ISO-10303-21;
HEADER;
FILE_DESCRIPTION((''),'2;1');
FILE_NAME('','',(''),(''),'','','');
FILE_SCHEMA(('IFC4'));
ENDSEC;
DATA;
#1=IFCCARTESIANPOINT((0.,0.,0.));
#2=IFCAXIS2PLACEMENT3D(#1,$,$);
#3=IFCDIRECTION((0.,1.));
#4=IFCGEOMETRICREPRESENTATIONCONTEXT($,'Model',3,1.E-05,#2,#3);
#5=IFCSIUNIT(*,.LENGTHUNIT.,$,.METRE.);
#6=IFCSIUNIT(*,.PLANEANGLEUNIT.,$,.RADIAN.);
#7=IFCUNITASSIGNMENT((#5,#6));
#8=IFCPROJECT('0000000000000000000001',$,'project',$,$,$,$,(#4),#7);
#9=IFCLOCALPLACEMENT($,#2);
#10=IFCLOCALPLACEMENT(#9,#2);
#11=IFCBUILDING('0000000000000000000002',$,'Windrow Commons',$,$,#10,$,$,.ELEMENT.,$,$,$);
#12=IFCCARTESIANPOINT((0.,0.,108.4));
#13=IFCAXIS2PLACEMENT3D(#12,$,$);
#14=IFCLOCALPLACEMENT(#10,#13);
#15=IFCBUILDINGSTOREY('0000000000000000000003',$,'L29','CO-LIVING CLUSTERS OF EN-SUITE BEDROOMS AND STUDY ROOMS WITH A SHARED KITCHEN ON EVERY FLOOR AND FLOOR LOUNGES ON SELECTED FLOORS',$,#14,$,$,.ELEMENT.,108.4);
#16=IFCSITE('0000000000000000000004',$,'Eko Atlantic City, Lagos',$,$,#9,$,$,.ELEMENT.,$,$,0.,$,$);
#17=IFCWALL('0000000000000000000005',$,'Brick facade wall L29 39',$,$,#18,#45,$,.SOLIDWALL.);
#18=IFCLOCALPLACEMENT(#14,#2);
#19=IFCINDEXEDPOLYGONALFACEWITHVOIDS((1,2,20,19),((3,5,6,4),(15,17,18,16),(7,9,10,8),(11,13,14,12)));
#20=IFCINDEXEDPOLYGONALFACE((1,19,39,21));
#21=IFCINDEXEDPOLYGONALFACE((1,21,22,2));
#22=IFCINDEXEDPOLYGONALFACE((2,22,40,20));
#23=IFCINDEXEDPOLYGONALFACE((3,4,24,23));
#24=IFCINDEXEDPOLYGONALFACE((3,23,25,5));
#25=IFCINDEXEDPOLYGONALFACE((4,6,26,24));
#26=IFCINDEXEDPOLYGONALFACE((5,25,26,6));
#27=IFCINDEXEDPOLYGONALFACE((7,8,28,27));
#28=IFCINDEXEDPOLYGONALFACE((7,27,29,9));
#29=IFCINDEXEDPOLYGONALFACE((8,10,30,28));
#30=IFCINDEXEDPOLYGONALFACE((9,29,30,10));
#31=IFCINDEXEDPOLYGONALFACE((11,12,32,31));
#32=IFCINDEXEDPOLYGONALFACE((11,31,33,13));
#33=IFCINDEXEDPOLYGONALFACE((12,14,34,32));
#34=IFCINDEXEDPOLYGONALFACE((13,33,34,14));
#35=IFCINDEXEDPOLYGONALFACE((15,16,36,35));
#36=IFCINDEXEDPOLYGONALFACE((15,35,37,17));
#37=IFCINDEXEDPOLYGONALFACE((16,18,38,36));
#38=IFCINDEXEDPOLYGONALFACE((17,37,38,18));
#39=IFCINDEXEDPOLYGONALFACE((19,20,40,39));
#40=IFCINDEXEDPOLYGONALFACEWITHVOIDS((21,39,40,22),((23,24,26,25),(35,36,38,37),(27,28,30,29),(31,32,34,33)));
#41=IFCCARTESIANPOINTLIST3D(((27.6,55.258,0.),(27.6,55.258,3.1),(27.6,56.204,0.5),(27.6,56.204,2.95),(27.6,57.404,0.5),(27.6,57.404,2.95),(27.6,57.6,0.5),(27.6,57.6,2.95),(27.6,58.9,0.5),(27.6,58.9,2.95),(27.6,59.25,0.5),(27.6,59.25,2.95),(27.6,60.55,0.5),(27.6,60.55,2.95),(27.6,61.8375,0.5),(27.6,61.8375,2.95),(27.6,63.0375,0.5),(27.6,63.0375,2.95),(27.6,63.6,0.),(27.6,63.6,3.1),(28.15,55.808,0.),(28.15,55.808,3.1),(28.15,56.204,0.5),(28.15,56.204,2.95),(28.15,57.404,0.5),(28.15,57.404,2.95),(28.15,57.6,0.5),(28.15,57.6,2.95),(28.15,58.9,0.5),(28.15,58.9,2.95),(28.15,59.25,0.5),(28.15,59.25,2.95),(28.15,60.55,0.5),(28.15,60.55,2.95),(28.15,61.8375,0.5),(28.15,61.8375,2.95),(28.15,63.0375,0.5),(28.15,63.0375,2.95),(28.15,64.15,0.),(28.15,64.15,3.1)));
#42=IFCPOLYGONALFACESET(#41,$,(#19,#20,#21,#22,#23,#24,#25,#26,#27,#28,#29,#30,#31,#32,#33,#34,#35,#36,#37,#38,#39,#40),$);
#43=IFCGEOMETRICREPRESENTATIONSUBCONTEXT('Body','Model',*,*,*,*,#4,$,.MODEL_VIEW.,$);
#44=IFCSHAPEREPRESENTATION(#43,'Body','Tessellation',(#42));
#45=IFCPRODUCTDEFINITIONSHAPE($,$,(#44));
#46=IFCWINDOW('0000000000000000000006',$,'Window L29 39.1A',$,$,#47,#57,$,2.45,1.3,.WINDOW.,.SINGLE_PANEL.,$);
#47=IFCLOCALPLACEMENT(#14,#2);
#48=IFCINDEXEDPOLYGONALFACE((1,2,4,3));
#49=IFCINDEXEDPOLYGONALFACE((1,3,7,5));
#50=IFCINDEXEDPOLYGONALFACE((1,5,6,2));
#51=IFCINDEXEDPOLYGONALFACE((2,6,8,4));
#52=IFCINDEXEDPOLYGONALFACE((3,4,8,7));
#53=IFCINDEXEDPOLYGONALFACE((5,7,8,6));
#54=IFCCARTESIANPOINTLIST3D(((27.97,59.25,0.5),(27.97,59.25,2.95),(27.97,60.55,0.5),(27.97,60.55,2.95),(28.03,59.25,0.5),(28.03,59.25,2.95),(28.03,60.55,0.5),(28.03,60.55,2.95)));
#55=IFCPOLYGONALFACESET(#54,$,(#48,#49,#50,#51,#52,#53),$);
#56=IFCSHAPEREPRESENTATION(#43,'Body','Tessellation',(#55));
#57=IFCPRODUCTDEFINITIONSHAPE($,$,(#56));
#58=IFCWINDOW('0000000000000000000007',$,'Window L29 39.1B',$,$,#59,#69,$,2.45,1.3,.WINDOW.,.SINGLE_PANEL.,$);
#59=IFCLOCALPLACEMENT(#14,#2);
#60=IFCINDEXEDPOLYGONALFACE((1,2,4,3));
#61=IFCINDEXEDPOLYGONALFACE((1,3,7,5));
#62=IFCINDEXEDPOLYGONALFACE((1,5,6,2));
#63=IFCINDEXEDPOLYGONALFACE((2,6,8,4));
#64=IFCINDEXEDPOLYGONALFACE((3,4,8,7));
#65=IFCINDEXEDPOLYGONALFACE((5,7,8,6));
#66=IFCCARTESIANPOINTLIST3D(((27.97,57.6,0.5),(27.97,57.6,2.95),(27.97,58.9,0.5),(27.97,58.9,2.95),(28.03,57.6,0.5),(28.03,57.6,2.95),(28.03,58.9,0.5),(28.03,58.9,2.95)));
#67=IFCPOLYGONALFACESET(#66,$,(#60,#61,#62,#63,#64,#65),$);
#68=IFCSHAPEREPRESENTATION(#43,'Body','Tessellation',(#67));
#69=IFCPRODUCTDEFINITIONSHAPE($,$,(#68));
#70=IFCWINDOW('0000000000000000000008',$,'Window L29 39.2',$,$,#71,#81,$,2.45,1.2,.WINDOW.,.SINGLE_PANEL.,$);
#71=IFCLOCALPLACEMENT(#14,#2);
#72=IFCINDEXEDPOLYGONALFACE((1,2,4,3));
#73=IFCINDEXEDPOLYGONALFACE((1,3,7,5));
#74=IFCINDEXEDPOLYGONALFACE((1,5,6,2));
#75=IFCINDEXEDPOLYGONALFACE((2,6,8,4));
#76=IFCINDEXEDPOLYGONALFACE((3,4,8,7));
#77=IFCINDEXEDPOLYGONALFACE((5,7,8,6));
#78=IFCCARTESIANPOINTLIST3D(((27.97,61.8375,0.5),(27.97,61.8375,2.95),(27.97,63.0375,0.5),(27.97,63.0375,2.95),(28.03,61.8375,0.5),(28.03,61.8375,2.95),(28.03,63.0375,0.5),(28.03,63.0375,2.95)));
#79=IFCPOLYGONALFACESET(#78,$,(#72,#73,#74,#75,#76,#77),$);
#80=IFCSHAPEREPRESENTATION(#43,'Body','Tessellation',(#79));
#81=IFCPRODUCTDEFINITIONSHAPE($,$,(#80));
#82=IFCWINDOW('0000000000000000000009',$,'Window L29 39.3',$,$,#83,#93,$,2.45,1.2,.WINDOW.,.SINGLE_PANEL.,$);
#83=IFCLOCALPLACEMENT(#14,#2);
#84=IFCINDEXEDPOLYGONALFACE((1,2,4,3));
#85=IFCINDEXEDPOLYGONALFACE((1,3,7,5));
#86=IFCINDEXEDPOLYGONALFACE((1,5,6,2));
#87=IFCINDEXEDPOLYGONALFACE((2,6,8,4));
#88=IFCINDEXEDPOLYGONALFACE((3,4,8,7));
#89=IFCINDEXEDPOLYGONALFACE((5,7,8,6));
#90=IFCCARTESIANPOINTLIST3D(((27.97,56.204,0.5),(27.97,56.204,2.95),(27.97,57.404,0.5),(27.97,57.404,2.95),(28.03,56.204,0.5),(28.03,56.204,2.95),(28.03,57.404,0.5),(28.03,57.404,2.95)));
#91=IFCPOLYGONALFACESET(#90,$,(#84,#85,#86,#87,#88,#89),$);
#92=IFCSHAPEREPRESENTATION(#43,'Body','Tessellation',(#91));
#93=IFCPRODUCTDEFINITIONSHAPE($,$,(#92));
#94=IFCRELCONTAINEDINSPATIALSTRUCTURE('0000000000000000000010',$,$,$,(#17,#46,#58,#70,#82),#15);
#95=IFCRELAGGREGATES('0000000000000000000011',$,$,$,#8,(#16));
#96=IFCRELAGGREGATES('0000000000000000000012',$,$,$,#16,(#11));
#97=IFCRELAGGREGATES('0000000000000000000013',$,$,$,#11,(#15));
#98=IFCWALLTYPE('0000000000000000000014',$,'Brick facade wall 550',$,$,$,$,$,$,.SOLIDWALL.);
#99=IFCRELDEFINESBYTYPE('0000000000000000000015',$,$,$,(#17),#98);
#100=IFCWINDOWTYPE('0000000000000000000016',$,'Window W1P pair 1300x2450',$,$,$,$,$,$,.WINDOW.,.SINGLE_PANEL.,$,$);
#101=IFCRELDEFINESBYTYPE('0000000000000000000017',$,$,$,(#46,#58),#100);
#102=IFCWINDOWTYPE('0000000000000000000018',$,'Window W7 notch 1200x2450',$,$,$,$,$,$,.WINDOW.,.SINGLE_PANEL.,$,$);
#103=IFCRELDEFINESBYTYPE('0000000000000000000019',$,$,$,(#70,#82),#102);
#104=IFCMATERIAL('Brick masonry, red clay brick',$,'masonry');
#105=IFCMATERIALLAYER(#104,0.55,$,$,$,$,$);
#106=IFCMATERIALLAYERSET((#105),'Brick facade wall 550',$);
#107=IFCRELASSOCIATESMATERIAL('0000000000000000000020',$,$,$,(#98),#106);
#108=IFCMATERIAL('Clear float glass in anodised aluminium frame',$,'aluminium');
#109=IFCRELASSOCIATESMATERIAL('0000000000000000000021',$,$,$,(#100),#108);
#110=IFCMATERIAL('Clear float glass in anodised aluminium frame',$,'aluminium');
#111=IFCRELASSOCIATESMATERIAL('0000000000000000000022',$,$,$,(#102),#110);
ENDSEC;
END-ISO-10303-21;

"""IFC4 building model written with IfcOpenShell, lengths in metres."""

from ifc_helpers import new_model, si_unit, direction, frame, frame_2d, origin, place, context, subcontext, project, spatial, polyline, rectangle, outline, extrude, material, layer, layer_set, type_object, element, fill, save


model = new_model("IFC4")

# Units and contexts
model_context = context("Model", 3, precision=1e-05, world=origin(), true_north=direction((0.0, 1.0)))
body_context = subcontext(model_context, "Body", "Model", "MODEL_VIEW")
ifc_project = project(units=[si_unit("LENGTHUNIT", "METRE"), si_unit("PLANEANGLEUNIT", "RADIAN")], contexts=[model_context])

# Site, building, storey
site_placement = place(None, origin())
site = spatial("IfcSite", under=ifc_project, at=site_placement, Name="Eko Atlantic City, Lagos", CompositionType="ELEMENT", RefElevation=0.0)
building_placement = place(site_placement, origin())
building = spatial("IfcBuilding", under=site, at=building_placement, Name="Windrow Commons", CompositionType="ELEMENT")
storey_placement = place(building_placement, frame((0.0, 0.0, 108.4)))
storey = spatial("IfcBuildingStorey", under=building, at=storey_placement, Name="L29", Description="CO-LIVING CLUSTERS OF EN-SUITE BEDROOMS AND STUDY ROOMS WITH A SHARED KITCHEN ON EVERY FLOOR AND FLOOR LOUNGES ON SELECTED FLOORS", CompositionType="ELEMENT", Elevation=108.4)

# Wall, openings, windows
ifc_material_1 = material(Name="Brick masonry, red clay brick", Category="masonry")
ifc_layer_1 = layer(ifc_material_1, 0.55)
ifc_layer_set_1 = layer_set([ifc_layer_1], Name="Brick facade wall 550")
wall_type_1 = type_object("IfcWallType", Name="Brick facade wall 550", PredefinedType="SOLIDWALL", material=ifc_layer_set_1)
ifc_material_2 = material(Name="Clear float glass in anodised aluminium frame", Category="aluminium")
window_type_1 = type_object("IfcWindowType", Name="Window W1P pair 1300x2450", PartitioningType="SINGLE_PANEL", PredefinedType="WINDOW", material=ifc_material_2)
ifc_material_3 = material(Name="Clear float glass in anodised aluminium frame", Category="aluminium")
window_type_2 = type_object("IfcWindowType", Name="Window W7 notch 1200x2450", PartitioningType="SINGLE_PANEL", PredefinedType="WINDOW", material=ifc_material_3)
wall_1_placement = place(storey_placement, frame((27.875, 63.875, 0.0), z_axis=(0.0, 0.0, 1.0), x_axis=(0.0, -1.0, 0.0)))
wall_1 = element("IfcWall", 1, at=wall_1_placement, inside=storey, type_object=wall_type_1, Name="Brick facade wall L29 39", PredefinedType="SOLIDWALL", context=body_context, shape_type="SweptSolid", body=[
    extrude(outline(polyline([(0.275, -0.275), (8.617, -0.275), (8.067, 0.275), (-0.275, 0.275), (0.275, -0.275)])), origin(), (0.0, 0.0, 1.0), 3.1),
])
opening_1_placement = place(wall_1_placement, frame((3.325, 0.0, 0.5)))
opening_1 = element("IfcOpeningElement", 2, at=opening_1_placement, cuts=wall_1, PredefinedType="OPENING", context=body_context, shape_type="SweptSolid", body=[
    extrude(rectangle(XDim=1.3, YDim=2.45, at=frame_2d((0.65, 1.225))), frame((0.0, 0.285, 0.0), z_axis=(0.0, -1.0, 0.0), x_axis=(1.0, 0.0, 0.0)), (0.0, 0.0, 1.0), 0.57),
])
opening_2_placement = place(wall_1_placement, frame((4.975, 0.0, 0.5)))
opening_2 = element("IfcOpeningElement", 3, at=opening_2_placement, cuts=wall_1, PredefinedType="OPENING", context=body_context, shape_type="SweptSolid", body=[
    extrude(rectangle(XDim=1.3, YDim=2.45, at=frame_2d((0.65, 1.225))), frame((0.0, 0.285, 0.0), z_axis=(0.0, -1.0, 0.0), x_axis=(1.0, 0.0, 0.0)), (0.0, 0.0, 1.0), 0.57),
])
opening_3_placement = place(wall_1_placement, frame((0.8375, 0.0, 0.5)))
opening_3 = element("IfcOpeningElement", 4, at=opening_3_placement, cuts=wall_1, PredefinedType="OPENING", context=body_context, shape_type="SweptSolid", body=[
    extrude(rectangle(XDim=1.2, YDim=2.45, at=frame_2d((0.6, 1.225))), frame((0.0, 0.285, 0.0), z_axis=(0.0, -1.0, 0.0), x_axis=(1.0, 0.0, 0.0)), (0.0, 0.0, 1.0), 0.57),
])
opening_4_placement = place(wall_1_placement, frame((6.471, 0.0, 0.5)))
opening_4 = element("IfcOpeningElement", 5, at=opening_4_placement, cuts=wall_1, PredefinedType="OPENING", context=body_context, shape_type="SweptSolid", body=[
    extrude(rectangle(XDim=1.2, YDim=2.45, at=frame_2d((0.6, 1.225))), frame((0.0, 0.285, 0.0), z_axis=(0.0, -1.0, 0.0), x_axis=(1.0, 0.0, 0.0)), (0.0, 0.0, 1.0), 0.57),
])
window_1_placement = place(opening_1_placement, origin())
window_1 = element("IfcWindow", 6, at=window_1_placement, inside=storey, type_object=window_type_1, Name="Window L29 39.1A", OverallHeight=2.45, OverallWidth=1.3, PartitioningType="SINGLE_PANEL", PredefinedType="WINDOW", context=body_context, shape_type="SweptSolid", body=[
    extrude(rectangle(XDim=1.3, YDim=2.45, at=frame_2d((0.65, 1.225))), frame((0.0, 0.155, 0.0), z_axis=(0.0, -1.0, 0.0), x_axis=(1.0, 0.0, 0.0)), (0.0, 0.0, 1.0), 0.06),
])
fill(opening_1, window_1)
window_2_placement = place(opening_2_placement, origin())
window_2 = element("IfcWindow", 7, at=window_2_placement, inside=storey, type_object=window_type_1, Name="Window L29 39.1B", OverallHeight=2.45, OverallWidth=1.3, PartitioningType="SINGLE_PANEL", PredefinedType="WINDOW", context=body_context, shape_type="SweptSolid", body=[
    extrude(rectangle(XDim=1.3, YDim=2.45, at=frame_2d((0.65, 1.225))), frame((0.0, 0.155, 0.0), z_axis=(0.0, -1.0, 0.0), x_axis=(1.0, 0.0, 0.0)), (0.0, 0.0, 1.0), 0.06),
])
fill(opening_2, window_2)
window_3_placement = place(opening_3_placement, origin())
window_3 = element("IfcWindow", 8, at=window_3_placement, inside=storey, type_object=window_type_2, Name="Window L29 39.2", OverallHeight=2.45, OverallWidth=1.2, PartitioningType="SINGLE_PANEL", PredefinedType="WINDOW", context=body_context, shape_type="SweptSolid", body=[
    extrude(rectangle(XDim=1.2, YDim=2.45, at=frame_2d((0.6, 1.225))), frame((0.0, 0.155, 0.0), z_axis=(0.0, -1.0, 0.0), x_axis=(1.0, 0.0, 0.0)), (0.0, 0.0, 1.0), 0.06),
])
fill(opening_3, window_3)
window_4_placement = place(opening_4_placement, origin())
window_4 = element("IfcWindow", 9, at=window_4_placement, inside=storey, type_object=window_type_2, Name="Window L29 39.3", OverallHeight=2.45, OverallWidth=1.2, PartitioningType="SINGLE_PANEL", PredefinedType="WINDOW", context=body_context, shape_type="SweptSolid", body=[
    extrude(rectangle(XDim=1.2, YDim=2.45, at=frame_2d((0.6, 1.225))), frame((0.0, 0.155, 0.0), z_axis=(0.0, -1.0, 0.0), x_axis=(1.0, 0.0, 0.0)), (0.0, 0.0, 1.0), 0.06),
])
fill(opening_4, window_4)

save(model, "model.ifc")
